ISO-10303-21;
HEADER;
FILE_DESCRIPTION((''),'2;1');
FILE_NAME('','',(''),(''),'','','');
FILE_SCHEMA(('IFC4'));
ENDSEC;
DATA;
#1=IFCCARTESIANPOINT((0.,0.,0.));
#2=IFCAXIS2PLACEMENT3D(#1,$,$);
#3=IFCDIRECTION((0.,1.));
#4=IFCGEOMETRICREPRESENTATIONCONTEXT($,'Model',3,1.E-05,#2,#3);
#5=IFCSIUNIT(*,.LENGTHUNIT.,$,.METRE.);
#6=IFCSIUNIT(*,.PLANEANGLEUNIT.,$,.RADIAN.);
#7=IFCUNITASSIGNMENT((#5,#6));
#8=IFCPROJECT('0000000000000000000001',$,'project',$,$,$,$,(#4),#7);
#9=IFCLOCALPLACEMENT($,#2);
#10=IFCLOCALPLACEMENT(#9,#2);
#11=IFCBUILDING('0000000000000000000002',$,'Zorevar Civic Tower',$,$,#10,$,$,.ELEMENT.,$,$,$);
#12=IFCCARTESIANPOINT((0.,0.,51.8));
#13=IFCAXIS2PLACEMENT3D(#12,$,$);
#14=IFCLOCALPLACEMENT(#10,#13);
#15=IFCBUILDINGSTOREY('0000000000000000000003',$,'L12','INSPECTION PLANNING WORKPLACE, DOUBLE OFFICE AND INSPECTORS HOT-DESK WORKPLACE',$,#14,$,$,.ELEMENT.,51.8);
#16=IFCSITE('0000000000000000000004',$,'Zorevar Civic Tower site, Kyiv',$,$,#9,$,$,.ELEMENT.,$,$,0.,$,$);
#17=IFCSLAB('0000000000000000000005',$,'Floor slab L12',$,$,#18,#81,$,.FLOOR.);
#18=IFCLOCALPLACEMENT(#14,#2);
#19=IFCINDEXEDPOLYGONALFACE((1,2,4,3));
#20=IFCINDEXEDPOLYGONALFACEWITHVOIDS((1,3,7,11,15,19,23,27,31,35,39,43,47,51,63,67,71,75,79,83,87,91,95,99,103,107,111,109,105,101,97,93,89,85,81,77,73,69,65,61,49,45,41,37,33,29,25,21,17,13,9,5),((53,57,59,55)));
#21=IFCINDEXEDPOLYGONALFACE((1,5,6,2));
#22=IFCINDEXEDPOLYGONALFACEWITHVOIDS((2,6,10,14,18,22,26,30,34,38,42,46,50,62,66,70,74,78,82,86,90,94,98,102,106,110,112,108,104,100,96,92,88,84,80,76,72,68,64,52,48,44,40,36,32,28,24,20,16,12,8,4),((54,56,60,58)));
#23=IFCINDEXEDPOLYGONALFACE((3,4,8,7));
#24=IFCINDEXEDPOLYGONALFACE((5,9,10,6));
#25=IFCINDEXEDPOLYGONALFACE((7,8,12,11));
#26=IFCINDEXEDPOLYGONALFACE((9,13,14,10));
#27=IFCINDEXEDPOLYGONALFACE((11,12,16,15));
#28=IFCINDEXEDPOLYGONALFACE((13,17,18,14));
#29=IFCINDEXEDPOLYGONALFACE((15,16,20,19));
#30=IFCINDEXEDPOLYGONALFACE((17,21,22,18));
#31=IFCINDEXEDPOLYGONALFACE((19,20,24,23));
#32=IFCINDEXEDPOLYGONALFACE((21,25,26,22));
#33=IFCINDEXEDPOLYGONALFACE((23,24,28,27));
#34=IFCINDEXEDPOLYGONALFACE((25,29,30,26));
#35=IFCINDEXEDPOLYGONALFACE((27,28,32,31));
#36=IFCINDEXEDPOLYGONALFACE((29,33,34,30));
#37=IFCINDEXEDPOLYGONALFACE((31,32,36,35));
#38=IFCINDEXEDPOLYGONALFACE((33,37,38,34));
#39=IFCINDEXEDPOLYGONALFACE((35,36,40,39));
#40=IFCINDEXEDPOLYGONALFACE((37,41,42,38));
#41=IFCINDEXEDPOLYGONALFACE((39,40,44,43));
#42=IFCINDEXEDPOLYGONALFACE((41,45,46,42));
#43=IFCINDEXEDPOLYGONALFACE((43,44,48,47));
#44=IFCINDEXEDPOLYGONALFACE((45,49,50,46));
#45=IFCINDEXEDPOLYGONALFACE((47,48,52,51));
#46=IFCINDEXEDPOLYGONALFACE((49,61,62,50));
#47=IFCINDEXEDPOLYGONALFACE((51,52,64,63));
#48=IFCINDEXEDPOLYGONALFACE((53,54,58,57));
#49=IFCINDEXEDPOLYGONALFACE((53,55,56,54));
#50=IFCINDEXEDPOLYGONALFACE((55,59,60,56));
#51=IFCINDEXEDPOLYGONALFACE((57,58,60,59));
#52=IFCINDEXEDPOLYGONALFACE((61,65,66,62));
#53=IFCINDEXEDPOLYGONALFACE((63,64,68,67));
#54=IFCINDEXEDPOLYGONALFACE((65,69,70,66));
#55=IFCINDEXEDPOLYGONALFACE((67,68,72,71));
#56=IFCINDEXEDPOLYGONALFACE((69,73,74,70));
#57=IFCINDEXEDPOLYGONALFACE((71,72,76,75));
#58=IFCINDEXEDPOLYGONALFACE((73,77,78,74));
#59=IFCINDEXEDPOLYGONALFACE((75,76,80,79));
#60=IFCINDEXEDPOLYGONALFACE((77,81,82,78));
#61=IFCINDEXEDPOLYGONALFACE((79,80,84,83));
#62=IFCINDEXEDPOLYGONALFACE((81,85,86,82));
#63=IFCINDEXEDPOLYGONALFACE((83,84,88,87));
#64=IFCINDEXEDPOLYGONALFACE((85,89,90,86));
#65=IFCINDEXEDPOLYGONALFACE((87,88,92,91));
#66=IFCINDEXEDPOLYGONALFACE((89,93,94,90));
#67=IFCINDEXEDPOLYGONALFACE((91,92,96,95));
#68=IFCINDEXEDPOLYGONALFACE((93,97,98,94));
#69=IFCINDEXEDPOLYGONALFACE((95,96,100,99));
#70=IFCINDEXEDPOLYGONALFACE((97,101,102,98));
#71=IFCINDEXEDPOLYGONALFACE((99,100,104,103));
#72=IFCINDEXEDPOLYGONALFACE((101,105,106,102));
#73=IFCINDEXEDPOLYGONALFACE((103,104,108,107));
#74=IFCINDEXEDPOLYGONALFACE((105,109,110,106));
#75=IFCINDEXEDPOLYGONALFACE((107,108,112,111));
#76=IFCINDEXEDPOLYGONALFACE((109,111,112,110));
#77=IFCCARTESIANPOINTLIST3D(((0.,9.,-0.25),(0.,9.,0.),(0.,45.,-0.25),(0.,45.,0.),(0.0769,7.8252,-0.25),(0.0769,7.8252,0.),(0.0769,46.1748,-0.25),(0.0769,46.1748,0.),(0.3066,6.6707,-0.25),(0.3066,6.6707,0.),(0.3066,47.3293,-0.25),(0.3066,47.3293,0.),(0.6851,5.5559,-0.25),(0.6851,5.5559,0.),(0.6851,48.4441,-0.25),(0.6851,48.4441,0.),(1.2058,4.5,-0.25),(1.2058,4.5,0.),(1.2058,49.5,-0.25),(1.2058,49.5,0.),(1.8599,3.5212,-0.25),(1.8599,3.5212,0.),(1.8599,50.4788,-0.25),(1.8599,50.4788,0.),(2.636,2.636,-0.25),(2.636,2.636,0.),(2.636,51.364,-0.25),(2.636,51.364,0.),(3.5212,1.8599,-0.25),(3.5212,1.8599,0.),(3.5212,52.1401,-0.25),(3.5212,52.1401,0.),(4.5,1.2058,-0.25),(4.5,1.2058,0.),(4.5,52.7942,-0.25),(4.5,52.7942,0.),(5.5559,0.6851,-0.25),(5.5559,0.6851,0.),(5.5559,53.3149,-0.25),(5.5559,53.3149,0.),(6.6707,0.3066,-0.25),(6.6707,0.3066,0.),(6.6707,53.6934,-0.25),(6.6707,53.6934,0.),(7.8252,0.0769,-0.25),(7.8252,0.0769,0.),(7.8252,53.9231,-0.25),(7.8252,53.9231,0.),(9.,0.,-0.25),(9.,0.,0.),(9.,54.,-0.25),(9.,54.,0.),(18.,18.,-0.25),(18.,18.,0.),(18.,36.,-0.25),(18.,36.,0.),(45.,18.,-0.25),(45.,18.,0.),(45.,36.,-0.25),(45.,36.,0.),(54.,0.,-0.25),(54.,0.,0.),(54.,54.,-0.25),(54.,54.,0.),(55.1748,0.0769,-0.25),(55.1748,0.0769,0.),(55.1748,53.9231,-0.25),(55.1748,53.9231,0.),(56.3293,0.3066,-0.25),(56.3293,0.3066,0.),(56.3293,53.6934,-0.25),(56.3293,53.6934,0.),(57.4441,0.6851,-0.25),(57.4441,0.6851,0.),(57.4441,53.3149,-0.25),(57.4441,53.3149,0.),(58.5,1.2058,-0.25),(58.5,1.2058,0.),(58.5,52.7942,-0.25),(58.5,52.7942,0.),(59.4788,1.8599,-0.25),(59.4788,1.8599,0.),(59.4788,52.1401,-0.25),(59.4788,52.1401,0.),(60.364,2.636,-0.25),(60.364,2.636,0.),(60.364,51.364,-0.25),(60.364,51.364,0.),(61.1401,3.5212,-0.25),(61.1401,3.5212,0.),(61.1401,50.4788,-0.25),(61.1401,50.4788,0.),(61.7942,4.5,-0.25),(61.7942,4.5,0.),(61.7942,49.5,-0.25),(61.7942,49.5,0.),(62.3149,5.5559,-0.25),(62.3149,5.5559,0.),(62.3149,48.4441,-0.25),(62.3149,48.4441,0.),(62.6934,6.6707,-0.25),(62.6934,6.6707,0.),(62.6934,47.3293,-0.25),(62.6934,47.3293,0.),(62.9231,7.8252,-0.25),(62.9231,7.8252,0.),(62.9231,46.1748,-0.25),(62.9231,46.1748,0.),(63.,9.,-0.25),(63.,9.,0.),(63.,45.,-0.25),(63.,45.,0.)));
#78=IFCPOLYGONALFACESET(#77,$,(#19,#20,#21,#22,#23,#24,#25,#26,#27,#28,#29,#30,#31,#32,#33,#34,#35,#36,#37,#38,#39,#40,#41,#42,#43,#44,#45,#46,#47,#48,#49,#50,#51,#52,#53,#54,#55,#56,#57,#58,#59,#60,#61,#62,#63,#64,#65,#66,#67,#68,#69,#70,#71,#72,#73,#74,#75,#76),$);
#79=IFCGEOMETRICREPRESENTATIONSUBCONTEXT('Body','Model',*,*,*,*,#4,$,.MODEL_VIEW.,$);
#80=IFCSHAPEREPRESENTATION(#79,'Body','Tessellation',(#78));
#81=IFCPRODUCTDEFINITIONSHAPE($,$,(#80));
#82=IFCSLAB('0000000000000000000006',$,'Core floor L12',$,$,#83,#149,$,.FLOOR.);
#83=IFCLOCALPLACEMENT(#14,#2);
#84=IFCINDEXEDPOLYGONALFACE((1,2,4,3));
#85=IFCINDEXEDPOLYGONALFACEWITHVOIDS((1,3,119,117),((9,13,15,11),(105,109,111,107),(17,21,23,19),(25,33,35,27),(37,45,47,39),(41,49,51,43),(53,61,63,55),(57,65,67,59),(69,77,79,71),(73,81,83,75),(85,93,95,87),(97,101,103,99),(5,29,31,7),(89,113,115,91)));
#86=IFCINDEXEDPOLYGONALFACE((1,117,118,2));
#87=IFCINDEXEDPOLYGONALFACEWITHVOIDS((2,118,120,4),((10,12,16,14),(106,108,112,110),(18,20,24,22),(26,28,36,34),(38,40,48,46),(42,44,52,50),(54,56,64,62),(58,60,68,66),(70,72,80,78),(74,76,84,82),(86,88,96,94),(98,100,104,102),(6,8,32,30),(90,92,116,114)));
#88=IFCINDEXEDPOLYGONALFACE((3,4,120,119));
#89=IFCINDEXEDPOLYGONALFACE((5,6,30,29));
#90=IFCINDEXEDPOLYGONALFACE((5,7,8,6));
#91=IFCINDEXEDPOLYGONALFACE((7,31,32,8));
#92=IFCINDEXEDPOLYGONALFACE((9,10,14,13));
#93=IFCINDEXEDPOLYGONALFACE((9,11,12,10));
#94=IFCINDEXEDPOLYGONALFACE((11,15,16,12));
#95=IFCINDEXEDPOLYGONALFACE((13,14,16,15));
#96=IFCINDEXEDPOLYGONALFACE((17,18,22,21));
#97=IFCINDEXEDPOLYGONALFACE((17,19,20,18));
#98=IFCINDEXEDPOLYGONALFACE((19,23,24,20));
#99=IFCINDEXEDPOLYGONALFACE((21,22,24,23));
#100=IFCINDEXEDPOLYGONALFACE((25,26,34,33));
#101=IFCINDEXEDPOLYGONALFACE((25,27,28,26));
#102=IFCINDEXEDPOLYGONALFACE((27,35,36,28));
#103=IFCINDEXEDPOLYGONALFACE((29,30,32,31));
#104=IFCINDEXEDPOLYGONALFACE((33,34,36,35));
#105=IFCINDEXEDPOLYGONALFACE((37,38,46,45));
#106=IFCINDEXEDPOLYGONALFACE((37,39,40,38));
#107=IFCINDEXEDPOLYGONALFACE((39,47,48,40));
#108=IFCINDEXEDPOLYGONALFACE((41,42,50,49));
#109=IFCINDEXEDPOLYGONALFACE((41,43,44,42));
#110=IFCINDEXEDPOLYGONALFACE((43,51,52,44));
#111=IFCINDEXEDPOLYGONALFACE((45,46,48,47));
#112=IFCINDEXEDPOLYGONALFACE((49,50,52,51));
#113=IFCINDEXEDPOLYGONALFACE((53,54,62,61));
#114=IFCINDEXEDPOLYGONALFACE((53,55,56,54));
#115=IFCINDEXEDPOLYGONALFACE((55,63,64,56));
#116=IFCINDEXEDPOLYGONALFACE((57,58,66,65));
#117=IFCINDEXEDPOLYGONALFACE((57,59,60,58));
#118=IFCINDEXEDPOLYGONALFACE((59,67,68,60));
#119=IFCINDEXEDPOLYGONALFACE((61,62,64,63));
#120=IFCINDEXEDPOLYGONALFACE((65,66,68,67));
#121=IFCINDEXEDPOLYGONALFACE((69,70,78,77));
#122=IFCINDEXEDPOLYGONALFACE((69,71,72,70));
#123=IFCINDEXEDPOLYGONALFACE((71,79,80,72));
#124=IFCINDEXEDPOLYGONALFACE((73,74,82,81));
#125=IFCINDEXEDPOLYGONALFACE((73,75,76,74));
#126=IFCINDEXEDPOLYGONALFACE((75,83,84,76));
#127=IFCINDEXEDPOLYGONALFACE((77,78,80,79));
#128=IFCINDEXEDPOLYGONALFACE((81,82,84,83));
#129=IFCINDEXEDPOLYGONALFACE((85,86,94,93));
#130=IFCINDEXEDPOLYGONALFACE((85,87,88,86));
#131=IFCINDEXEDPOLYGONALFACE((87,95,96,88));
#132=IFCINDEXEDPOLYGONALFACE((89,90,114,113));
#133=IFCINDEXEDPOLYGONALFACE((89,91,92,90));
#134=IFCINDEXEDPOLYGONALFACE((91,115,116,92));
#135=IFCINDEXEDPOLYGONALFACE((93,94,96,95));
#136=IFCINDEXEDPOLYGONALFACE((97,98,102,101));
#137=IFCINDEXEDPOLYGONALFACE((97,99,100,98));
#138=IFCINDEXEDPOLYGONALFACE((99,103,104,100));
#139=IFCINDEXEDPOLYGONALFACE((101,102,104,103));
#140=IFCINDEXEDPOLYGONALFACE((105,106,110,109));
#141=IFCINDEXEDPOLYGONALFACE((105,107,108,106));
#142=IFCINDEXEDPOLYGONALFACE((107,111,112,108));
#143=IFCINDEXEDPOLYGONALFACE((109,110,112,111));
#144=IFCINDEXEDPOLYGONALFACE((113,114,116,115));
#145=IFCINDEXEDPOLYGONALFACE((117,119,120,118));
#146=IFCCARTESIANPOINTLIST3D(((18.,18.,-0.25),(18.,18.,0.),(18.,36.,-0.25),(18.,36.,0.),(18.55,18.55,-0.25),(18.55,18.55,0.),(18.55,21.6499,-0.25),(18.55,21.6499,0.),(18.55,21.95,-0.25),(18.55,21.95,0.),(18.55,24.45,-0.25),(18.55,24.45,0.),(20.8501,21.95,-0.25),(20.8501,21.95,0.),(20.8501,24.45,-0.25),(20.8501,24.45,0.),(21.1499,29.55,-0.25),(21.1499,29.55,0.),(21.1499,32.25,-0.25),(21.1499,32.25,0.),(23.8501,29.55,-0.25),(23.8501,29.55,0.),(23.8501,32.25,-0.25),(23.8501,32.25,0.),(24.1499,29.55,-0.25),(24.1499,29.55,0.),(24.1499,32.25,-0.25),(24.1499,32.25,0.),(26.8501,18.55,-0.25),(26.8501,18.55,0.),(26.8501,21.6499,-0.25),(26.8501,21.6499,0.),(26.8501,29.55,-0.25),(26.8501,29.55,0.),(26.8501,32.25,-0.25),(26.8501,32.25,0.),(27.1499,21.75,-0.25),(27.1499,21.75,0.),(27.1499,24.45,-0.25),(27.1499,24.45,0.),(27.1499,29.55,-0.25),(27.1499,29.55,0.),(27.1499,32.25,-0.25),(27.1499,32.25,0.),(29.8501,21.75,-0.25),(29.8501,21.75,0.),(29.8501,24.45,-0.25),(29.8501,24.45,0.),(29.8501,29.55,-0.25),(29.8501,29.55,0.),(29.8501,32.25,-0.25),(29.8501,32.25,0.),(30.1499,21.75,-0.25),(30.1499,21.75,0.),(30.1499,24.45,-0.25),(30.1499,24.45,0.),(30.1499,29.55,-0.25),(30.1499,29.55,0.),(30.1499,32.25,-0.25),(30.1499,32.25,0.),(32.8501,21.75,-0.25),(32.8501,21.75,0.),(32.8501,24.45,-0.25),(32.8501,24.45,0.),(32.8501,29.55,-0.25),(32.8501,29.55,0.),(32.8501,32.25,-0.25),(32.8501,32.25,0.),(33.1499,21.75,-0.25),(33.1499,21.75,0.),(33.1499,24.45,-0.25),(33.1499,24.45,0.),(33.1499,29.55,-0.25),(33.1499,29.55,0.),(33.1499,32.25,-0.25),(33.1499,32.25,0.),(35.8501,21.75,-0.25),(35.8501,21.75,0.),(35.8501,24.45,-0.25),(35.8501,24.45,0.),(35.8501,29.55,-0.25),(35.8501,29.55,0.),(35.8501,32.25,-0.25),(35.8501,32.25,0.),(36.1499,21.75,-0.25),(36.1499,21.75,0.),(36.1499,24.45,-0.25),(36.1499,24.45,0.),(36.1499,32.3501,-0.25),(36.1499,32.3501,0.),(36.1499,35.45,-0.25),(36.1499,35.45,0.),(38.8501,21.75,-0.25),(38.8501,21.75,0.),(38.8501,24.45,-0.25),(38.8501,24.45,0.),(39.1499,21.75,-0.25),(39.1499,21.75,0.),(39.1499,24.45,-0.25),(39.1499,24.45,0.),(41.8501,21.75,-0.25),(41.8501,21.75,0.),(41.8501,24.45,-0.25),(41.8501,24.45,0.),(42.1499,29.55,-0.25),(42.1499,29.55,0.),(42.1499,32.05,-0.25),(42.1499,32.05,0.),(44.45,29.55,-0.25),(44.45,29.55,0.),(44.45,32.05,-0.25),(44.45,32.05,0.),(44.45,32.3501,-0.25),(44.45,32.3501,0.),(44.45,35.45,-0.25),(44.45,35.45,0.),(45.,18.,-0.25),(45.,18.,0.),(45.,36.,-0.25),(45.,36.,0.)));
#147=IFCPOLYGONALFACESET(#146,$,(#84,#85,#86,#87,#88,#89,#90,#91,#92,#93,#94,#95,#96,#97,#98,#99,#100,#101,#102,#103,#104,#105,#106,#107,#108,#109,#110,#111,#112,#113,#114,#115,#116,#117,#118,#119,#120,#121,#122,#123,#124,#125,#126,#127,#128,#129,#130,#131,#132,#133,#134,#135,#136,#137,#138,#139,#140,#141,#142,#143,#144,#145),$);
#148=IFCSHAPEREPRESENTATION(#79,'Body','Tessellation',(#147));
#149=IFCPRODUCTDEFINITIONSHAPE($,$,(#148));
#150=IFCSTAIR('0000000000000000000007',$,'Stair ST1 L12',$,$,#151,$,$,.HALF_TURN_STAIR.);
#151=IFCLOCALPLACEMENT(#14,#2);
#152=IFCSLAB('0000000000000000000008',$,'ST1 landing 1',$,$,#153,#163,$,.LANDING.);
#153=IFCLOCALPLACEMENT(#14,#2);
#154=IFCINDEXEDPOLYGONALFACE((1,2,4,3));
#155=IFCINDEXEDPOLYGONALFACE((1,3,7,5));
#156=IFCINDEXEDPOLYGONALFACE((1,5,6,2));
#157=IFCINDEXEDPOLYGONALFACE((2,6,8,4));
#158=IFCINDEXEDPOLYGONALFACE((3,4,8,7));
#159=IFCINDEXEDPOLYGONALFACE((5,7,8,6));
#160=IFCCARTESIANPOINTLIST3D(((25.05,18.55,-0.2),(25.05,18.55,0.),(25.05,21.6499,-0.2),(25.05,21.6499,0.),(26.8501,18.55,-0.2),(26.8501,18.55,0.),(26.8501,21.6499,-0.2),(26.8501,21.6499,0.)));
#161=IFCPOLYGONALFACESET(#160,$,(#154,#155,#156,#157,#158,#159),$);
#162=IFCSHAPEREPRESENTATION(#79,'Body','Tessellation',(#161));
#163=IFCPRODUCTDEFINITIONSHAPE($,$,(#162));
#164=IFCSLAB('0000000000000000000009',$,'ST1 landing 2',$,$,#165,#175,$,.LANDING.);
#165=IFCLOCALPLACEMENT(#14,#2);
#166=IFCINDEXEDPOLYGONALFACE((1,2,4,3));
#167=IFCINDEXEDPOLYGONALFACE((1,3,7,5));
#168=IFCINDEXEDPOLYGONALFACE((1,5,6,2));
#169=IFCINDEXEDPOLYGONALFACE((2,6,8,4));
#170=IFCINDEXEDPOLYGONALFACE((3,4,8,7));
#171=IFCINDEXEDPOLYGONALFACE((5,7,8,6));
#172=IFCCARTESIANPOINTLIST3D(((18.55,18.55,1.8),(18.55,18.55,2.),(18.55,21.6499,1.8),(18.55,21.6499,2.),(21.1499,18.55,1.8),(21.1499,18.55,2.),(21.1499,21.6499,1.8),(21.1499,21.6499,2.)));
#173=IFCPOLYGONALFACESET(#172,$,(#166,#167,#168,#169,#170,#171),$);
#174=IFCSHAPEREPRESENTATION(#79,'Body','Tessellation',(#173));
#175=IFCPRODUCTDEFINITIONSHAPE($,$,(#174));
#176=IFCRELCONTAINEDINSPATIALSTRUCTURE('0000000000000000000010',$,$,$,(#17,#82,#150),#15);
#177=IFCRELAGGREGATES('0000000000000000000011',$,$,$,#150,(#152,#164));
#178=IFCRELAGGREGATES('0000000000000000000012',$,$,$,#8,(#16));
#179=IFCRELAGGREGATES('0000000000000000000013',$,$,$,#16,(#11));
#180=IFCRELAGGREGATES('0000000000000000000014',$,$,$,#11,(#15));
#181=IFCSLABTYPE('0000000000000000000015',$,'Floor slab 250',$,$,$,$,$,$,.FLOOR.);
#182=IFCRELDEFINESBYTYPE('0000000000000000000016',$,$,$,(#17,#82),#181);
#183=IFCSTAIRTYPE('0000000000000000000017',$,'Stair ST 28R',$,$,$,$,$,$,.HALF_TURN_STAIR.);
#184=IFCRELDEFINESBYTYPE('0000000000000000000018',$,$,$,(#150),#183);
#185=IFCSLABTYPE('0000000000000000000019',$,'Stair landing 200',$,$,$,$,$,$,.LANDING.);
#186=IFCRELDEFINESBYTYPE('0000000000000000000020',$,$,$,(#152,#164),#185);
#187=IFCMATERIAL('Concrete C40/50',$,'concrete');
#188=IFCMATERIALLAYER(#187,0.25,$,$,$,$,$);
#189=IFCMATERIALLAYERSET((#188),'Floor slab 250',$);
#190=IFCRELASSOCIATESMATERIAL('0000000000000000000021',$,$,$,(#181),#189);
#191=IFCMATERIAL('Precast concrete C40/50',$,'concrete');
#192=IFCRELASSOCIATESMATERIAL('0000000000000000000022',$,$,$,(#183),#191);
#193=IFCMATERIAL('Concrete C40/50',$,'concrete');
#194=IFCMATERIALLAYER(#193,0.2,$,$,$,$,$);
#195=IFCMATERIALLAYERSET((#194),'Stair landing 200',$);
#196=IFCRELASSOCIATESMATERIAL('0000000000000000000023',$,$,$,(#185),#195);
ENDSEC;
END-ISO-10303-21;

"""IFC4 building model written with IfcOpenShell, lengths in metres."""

from ifc_helpers import new_model, si_unit, direction, frame, origin, place, context, subcontext, project, spatial, polyline, outline, extrude, material, layer, layer_set, type_object, element, aggregate, save


model = new_model("IFC4")

# Units and contexts
model_context = context("Model", 3, precision=1e-05, world=origin(), true_north=direction((0.0, 1.0)))
body_context = subcontext(model_context, "Body", "Model", "MODEL_VIEW")
ifc_project = project(units=[si_unit("LENGTHUNIT", "METRE"), si_unit("PLANEANGLEUNIT", "RADIAN")], contexts=[model_context])

# Site, building, storey
site_placement = place(None, origin())
site = spatial("IfcSite", under=ifc_project, at=site_placement, Name="Zorevar Civic Tower site, Kyiv", CompositionType="ELEMENT", RefElevation=0.0)
building_placement = place(site_placement, origin())
building = spatial("IfcBuilding", under=site, at=building_placement, Name="Zorevar Civic Tower", CompositionType="ELEMENT")
storey_placement = place(building_placement, frame((0.0, 0.0, 51.8)))
storey = spatial("IfcBuildingStorey", under=building, at=storey_placement, Name="L12", Description="INSPECTION PLANNING WORKPLACE, DOUBLE OFFICE AND INSPECTORS HOT-DESK WORKPLACE", CompositionType="ELEMENT", Elevation=51.8)

# Slabs
ifc_material_1 = material(Name="Concrete C40/50", Category="concrete")
ifc_layer_1 = layer(ifc_material_1, 0.25)
ifc_layer_set_1 = layer_set([ifc_layer_1], Name="Floor slab 250")
slab_type_1 = type_object("IfcSlabType", Name="Floor slab 250", PredefinedType="FLOOR", material=ifc_layer_set_1)
slab_1_placement = place(storey_placement, frame((0.0, 0.0, -0.25)))
element("IfcSlab", 1, at=slab_1_placement, inside=storey, type_object=slab_type_1, Name="Floor slab L12", PredefinedType="FLOOR", context=body_context, shape_type="SweptSolid", body=[
    extrude(outline(polyline([(54.0, 0.0), (55.1748, 0.0769), (56.3293, 0.3066), (57.4441, 0.6851), (58.5, 1.2058), (59.4788, 1.8599), (60.364, 2.636), (61.1401, 3.5212), (61.7942, 4.5), (62.3149, 5.5559), (62.6934, 6.6707), (62.9231, 7.8252), (63.0, 9.0), (63.0, 45.0), (62.9231, 46.1748), (62.6934, 47.3293), (62.3149, 48.4441), (61.7942, 49.5), (61.1401, 50.4788), (60.364, 51.364), (59.4788, 52.1401), (58.5, 52.7942), (57.4441, 53.3149), (56.3293, 53.6934), (55.1748, 53.9231), (54.0, 54.0), (9.0, 54.0), (7.8252, 53.9231), (6.6707, 53.6934), (5.5559, 53.3149), (4.5, 52.7942), (3.5212, 52.1401), (2.636, 51.364), (1.8599, 50.4788), (1.2058, 49.5), (0.6851, 48.4441), (0.3066, 47.3293), (0.0769, 46.1748), (0.0, 45.0), (0.0, 9.0), (0.0769, 7.8252), (0.3066, 6.6707), (0.6851, 5.5559), (1.2058, 4.5), (1.8599, 3.5212), (2.636, 2.636), (3.5212, 1.8599), (4.5, 1.2058), (5.5559, 0.6851), (6.6707, 0.3066), (7.8252, 0.0769), (9.0, 0.0), (54.0, 0.0)]), holes=[polyline([(18.0, 18.0), (45.0, 18.0), (45.0, 36.0), (18.0, 36.0), (18.0, 18.0)])]), origin(), (0.0, 0.0, 1.0), 0.25),
])
slab_2_placement = place(storey_placement, frame((0.0, 0.0, -0.25)))
element("IfcSlab", 2, at=slab_2_placement, inside=storey, type_object=slab_type_1, Name="Core floor L12", PredefinedType="FLOOR", context=body_context, shape_type="SweptSolid", body=[
    extrude(outline(polyline([(18.0, 18.0), (45.0, 18.0), (45.0, 36.0), (18.0, 36.0), (18.0, 18.0)]), holes=[polyline([(18.55, 18.55), (26.8501, 18.55), (26.8501, 21.6499), (18.55, 21.6499), (18.55, 18.55)]), polyline([(36.1499, 32.3501), (44.45, 32.3501), (44.45, 35.45), (36.1499, 35.45), (36.1499, 32.3501)]), polyline([(18.55, 21.95), (20.8501, 21.95), (20.8501, 24.45), (18.55, 24.45), (18.55, 21.95)]), polyline([(42.1499, 29.55), (44.45, 29.55), (44.45, 32.05), (42.1499, 32.05), (42.1499, 29.55)]), polyline([(27.1499, 21.75), (29.8501, 21.75), (29.8501, 24.45), (27.1499, 24.45), (27.1499, 21.75)]), polyline([(33.1499, 29.55), (35.8501, 29.55), (35.8501, 32.25), (33.1499, 32.25), (33.1499, 29.55)]), polyline([(30.1499, 21.75), (32.8501, 21.75), (32.8501, 24.45), (30.1499, 24.45), (30.1499, 21.75)]), polyline([(30.1499, 29.55), (32.8501, 29.55), (32.8501, 32.25), (30.1499, 32.25), (30.1499, 29.55)]), polyline([(33.1499, 21.75), (35.8501, 21.75), (35.8501, 24.45), (33.1499, 24.45), (33.1499, 21.75)]), polyline([(27.1499, 29.55), (29.8501, 29.55), (29.8501, 32.25), (27.1499, 32.25), (27.1499, 29.55)]), polyline([(36.1499, 21.75), (38.8501, 21.75), (38.8501, 24.45), (36.1499, 24.45), (36.1499, 21.75)]), polyline([(24.1499, 29.55), (26.8501, 29.55), (26.8501, 32.25), (24.1499, 32.25), (24.1499, 29.55)]), polyline([(39.1499, 21.75), (41.8501, 21.75), (41.8501, 24.45), (39.1499, 24.45), (39.1499, 21.75)]), polyline([(21.1499, 29.55), (23.8501, 29.55), (23.8501, 32.25), (21.1499, 32.25), (21.1499, 29.55)])]), origin(), (0.0, 0.0, 1.0), 0.25),
])

# Stair, slabs
ifc_material_2 = material(Name="Precast concrete C40/50", Category="concrete")
stair_type = type_object("IfcStairType", Name="Stair ST 28R", PredefinedType="HALF_TURN_STAIR", material=ifc_material_2)
stair_1_placement = place(storey_placement, origin())
stair_1 = element("IfcStair", 3, at=stair_1_placement, inside=storey, type_object=stair_type, Name="Stair ST1 L12", PredefinedType="HALF_TURN_STAIR")
ifc_material_3 = material(Name="Concrete C40/50", Category="concrete")
ifc_layer_2 = layer(ifc_material_3, 0.2)
ifc_layer_set_2 = layer_set([ifc_layer_2], Name="Stair landing 200")
slab_type_2 = type_object("IfcSlabType", Name="Stair landing 200", PredefinedType="LANDING", material=ifc_layer_set_2)
slab_3_placement = place(storey_placement, frame((0.0, 0.0, -0.2)))
slab_3 = element("IfcSlab", 4, at=slab_3_placement, type_object=slab_type_2, Name="ST1 landing 1", PredefinedType="LANDING", context=body_context, shape_type="SweptSolid", body=[
    extrude(outline(polyline([(25.05, 18.55), (26.8501, 18.55), (26.8501, 21.6499), (25.05, 21.6499), (25.05, 18.55)])), origin(), (0.0, 0.0, 1.0), 0.2),
])
slab_4_placement = place(storey_placement, frame((0.0, 0.0, 1.8)))
slab_4 = element("IfcSlab", 5, at=slab_4_placement, type_object=slab_type_2, Name="ST1 landing 2", PredefinedType="LANDING", context=body_context, shape_type="SweptSolid", body=[
    extrude(outline(polyline([(18.55, 18.55), (21.1499, 18.55), (21.1499, 21.6499), (18.55, 21.6499), (18.55, 18.55)])), origin(), (0.0, 0.0, 1.0), 0.2),
])
aggregate(stair_1, [slab_3, slab_4])

save(model, "model.ifc")
